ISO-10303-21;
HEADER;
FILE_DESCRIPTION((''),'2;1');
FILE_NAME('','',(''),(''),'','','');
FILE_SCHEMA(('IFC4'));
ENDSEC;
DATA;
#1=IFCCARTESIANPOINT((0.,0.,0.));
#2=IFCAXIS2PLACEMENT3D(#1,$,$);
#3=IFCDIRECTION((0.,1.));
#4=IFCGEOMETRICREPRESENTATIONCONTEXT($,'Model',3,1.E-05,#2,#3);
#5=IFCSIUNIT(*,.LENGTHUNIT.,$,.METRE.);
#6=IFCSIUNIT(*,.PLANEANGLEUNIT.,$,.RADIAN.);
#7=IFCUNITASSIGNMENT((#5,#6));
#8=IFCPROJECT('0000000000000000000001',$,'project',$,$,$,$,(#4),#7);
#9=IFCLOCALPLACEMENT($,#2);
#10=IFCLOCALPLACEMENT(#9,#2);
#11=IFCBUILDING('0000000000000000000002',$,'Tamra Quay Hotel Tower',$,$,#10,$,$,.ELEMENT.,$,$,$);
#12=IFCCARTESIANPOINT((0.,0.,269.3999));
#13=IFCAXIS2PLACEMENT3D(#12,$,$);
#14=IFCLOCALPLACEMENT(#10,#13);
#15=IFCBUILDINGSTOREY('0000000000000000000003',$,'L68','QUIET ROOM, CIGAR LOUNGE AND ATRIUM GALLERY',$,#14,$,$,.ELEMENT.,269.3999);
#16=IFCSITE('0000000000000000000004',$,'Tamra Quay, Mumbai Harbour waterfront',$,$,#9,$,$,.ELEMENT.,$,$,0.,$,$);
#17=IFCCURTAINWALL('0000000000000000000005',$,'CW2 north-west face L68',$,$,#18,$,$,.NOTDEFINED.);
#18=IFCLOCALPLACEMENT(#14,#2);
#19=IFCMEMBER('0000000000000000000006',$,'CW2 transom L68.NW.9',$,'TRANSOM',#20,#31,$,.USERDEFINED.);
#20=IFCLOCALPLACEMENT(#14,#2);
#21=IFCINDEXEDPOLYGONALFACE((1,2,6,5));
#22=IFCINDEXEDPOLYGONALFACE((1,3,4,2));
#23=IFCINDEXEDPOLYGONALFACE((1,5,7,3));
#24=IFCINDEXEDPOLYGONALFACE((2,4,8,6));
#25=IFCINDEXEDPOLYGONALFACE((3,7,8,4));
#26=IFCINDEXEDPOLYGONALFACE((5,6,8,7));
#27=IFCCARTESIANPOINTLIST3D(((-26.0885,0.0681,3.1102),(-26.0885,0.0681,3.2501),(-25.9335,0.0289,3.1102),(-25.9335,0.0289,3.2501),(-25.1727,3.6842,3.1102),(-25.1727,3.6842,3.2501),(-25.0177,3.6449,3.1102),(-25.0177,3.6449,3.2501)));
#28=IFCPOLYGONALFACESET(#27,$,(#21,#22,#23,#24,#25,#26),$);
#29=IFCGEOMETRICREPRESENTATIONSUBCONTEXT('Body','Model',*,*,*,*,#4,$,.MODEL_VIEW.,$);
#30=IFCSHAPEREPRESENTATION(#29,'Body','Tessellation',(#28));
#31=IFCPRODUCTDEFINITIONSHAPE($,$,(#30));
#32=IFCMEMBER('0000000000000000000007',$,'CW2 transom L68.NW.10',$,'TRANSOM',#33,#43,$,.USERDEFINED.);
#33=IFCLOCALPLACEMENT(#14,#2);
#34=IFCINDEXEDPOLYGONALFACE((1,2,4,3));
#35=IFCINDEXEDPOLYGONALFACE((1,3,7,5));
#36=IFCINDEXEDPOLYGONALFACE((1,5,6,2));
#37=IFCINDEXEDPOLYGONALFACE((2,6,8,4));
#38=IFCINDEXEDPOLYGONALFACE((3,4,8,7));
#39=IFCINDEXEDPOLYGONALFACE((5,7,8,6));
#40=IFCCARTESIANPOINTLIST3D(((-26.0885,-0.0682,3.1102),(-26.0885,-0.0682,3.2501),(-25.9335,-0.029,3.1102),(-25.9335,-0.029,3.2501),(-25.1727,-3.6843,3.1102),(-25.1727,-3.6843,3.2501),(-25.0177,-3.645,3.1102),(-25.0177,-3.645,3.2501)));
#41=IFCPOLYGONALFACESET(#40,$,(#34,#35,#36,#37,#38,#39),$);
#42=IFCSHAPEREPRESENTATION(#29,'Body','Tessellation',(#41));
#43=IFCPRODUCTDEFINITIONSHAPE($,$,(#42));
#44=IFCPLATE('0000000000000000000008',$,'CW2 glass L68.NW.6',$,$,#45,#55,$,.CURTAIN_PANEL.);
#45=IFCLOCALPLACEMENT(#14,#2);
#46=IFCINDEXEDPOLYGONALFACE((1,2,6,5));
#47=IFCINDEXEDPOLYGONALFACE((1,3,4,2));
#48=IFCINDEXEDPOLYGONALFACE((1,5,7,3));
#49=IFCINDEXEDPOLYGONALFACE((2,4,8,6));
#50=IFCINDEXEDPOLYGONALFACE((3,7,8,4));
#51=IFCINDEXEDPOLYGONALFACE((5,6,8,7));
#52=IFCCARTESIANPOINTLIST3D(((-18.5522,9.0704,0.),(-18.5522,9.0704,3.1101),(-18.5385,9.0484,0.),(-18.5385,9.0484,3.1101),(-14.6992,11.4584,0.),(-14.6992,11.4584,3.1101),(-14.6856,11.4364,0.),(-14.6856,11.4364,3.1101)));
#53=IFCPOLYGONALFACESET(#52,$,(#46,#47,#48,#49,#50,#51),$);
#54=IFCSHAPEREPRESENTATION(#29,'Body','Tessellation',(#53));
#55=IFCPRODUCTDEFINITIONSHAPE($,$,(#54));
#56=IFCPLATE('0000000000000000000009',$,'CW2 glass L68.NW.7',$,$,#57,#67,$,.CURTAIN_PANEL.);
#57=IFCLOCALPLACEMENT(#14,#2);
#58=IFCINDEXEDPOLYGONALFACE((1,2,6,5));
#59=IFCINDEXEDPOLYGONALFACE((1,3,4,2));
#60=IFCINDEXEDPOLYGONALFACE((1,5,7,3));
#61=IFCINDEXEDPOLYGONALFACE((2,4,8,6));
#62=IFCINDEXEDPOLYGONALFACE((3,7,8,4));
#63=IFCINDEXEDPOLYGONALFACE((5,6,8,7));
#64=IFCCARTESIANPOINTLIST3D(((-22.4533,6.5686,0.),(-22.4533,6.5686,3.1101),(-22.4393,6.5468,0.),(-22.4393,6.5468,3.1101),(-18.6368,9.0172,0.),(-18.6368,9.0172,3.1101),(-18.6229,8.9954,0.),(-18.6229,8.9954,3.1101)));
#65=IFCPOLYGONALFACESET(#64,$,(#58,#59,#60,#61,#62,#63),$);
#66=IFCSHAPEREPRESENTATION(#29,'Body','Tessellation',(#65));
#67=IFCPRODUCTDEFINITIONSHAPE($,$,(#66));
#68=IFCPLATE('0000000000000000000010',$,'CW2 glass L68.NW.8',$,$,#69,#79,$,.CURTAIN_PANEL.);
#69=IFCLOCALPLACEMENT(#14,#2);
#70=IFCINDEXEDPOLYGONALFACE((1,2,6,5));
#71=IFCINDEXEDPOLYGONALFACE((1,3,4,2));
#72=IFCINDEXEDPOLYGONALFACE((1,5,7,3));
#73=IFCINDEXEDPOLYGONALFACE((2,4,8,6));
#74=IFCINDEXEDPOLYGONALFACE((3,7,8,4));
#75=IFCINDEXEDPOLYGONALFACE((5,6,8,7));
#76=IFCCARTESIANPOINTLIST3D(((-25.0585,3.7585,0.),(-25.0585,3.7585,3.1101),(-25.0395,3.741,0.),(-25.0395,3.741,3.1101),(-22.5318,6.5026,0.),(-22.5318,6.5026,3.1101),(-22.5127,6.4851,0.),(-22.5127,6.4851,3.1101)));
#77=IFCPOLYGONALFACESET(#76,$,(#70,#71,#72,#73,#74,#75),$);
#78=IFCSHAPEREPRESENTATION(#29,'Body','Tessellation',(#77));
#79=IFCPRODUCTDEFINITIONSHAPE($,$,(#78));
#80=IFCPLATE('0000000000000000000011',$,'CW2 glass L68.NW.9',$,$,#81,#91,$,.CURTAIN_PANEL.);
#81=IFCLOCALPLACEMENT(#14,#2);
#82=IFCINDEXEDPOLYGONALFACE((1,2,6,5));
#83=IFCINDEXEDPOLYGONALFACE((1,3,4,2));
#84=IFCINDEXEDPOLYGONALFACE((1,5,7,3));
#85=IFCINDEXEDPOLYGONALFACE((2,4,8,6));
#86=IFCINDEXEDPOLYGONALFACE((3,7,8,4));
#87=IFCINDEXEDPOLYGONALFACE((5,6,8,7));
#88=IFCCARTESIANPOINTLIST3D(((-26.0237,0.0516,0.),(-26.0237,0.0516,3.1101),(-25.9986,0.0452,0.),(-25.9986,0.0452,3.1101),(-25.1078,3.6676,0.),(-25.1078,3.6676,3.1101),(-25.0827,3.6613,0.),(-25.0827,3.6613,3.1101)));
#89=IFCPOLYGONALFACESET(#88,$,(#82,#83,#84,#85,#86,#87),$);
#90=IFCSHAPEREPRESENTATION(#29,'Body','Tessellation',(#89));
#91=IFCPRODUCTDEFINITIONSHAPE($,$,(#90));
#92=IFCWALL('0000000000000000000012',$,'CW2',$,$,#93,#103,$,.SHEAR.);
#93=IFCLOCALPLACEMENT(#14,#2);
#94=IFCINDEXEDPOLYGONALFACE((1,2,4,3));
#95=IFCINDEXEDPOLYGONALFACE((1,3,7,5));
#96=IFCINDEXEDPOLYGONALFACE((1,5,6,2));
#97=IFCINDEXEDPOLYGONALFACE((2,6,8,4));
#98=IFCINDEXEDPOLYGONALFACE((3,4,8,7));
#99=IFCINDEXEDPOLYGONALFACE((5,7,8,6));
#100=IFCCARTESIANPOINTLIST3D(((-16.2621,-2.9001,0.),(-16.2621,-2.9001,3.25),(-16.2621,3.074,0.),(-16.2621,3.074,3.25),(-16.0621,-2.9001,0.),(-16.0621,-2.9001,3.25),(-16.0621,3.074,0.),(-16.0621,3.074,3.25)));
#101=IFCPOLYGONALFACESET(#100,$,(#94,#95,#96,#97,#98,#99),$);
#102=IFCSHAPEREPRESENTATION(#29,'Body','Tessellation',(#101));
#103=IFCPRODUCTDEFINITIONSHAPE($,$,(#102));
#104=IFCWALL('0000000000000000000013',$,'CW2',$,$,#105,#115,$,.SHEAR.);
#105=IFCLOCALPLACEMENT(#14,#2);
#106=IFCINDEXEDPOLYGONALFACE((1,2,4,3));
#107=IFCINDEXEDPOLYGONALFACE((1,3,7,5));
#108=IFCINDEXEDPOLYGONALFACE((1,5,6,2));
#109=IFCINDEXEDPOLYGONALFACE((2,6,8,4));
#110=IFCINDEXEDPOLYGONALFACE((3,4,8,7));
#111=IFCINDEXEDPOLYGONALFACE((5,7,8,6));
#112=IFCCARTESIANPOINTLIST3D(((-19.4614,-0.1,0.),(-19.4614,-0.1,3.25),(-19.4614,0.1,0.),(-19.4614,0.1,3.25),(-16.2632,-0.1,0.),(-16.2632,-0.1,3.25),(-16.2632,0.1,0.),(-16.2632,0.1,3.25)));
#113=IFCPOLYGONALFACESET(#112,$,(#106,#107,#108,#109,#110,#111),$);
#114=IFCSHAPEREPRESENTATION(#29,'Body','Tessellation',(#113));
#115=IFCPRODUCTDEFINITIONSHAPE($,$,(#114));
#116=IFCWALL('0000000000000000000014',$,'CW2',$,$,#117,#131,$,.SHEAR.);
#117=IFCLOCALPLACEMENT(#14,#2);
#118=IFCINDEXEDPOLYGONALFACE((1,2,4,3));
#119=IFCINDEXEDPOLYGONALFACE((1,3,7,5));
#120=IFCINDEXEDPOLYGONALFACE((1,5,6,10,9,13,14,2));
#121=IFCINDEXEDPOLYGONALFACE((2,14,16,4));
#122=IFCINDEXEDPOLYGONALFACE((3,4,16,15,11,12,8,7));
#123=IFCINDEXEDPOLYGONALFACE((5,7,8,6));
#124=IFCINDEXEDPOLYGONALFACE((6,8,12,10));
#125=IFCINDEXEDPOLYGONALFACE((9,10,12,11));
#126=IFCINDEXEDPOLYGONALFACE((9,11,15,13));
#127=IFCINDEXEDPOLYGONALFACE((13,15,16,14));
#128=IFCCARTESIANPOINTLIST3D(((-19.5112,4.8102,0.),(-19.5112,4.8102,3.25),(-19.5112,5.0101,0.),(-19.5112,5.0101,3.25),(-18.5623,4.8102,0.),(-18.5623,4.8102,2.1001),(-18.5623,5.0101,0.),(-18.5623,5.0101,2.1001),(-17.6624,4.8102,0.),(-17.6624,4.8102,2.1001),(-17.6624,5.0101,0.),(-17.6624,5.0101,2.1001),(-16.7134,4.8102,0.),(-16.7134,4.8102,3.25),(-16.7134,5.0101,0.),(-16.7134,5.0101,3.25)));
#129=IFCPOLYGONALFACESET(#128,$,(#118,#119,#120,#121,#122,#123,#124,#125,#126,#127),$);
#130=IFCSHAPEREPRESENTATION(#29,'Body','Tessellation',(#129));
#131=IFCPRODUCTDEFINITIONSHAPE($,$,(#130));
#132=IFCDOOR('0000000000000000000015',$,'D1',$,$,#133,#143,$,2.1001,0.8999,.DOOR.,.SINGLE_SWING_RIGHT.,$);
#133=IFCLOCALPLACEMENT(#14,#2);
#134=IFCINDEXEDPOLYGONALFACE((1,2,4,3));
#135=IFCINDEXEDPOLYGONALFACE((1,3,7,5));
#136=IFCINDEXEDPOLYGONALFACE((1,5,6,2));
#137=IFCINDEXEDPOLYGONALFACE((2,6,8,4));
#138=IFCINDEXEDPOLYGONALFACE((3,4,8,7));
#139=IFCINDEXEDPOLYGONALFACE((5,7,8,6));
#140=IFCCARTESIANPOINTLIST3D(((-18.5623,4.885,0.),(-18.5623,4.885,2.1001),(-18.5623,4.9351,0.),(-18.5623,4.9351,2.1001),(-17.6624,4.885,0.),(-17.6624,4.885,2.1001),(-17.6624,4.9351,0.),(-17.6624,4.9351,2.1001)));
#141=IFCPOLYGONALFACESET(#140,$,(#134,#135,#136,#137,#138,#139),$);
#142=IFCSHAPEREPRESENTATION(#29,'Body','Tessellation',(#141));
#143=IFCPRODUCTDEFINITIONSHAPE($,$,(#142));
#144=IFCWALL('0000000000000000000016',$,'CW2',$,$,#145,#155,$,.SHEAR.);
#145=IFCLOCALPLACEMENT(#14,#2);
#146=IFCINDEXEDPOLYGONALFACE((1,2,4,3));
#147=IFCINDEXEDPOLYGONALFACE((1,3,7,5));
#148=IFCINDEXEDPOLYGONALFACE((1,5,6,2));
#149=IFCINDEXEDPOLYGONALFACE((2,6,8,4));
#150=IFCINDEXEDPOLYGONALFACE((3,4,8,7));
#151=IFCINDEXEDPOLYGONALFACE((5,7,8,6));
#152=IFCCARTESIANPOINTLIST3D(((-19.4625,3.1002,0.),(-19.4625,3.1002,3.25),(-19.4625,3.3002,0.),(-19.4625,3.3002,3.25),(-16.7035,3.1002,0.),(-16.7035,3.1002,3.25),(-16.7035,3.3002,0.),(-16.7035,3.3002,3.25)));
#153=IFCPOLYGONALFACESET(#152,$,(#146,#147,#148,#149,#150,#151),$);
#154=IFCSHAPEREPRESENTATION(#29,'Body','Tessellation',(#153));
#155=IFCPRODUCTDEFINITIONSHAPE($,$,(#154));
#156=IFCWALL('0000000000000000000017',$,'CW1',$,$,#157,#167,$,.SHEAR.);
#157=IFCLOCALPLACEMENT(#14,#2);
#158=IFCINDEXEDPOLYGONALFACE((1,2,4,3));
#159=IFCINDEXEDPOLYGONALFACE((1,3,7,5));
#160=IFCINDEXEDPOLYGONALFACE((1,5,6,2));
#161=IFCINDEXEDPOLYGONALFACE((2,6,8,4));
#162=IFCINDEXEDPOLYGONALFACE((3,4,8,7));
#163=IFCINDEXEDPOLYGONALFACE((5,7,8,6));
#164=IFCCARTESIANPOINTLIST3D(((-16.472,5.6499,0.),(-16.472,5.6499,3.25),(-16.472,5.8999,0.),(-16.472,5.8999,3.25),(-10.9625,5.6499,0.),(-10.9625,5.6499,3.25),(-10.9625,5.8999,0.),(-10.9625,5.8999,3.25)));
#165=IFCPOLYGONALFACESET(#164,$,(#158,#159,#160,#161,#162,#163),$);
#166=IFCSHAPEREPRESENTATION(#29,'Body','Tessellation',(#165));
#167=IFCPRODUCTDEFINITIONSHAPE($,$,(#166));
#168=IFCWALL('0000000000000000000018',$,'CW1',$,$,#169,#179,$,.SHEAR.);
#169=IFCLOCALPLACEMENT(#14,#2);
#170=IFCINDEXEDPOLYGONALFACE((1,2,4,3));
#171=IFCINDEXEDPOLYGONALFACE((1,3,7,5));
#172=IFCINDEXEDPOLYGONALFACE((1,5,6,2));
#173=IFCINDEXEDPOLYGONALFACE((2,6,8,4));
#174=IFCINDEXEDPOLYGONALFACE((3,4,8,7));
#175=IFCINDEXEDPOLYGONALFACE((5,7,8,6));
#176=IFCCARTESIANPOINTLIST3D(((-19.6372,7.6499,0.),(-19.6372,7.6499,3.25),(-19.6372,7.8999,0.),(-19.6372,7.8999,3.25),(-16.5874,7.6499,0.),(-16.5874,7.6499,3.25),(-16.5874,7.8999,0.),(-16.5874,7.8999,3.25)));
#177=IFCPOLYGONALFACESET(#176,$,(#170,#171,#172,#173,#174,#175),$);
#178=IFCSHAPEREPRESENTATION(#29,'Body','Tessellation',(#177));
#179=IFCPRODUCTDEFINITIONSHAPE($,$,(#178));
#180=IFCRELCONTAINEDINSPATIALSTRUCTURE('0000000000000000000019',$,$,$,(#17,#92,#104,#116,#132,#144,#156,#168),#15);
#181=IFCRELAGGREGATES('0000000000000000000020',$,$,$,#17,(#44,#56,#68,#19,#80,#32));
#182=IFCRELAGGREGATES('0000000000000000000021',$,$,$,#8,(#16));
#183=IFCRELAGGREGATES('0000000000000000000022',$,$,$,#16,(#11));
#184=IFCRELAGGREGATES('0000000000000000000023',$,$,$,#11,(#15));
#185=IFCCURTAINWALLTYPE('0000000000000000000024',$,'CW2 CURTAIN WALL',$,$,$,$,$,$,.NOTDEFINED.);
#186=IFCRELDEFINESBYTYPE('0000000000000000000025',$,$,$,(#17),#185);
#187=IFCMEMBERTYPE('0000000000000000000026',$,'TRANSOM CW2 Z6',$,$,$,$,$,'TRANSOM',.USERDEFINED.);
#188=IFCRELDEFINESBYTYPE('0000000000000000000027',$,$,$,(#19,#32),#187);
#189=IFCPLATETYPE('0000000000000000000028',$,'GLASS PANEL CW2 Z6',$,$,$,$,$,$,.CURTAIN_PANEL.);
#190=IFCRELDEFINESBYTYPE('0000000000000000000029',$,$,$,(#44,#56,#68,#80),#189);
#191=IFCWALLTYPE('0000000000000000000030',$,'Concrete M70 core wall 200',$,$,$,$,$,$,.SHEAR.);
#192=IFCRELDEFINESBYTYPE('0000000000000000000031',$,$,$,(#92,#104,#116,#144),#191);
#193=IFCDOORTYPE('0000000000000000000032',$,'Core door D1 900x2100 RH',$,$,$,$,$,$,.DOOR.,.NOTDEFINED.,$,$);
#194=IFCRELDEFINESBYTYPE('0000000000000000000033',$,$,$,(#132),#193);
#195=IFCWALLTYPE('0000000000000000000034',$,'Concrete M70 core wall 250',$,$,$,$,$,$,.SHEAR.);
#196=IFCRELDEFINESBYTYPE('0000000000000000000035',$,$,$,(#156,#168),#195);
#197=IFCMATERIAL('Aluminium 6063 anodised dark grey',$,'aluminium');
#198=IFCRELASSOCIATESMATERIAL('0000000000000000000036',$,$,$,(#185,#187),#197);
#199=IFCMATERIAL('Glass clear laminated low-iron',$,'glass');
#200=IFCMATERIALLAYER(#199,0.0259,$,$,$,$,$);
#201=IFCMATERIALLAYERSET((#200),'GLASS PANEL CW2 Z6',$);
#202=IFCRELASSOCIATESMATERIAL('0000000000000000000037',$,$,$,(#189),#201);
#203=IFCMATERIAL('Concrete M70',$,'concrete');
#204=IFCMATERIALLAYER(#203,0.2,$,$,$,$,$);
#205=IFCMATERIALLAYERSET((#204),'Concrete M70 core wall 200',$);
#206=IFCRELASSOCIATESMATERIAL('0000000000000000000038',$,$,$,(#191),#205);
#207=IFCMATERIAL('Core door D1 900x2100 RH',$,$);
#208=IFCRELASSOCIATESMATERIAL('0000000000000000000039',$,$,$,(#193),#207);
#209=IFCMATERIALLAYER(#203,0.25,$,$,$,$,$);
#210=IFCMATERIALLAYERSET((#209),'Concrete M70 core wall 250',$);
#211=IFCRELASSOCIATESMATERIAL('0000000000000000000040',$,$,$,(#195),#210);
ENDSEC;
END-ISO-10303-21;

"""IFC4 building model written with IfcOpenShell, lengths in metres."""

from ifc_helpers import new_model, si_unit, direction, frame, frame_2d, origin, origin_2d, place, context, subcontext, project, spatial, rectangle, extrude, material, layer, layer_set, material_profile, profile_set, type_object, element, fill, aggregate, save


model = new_model("IFC4")

# Units and contexts
model_context = context("Model", 3, precision=1e-05, world=origin(), true_north=direction((0.0, 1.0)))
body_context = subcontext(model_context, "Body", "Model", "MODEL_VIEW")
ifc_project = project(units=[si_unit("LENGTHUNIT", "METRE"), si_unit("PLANEANGLEUNIT", "RADIAN")], contexts=[model_context])

# Site, building, storey
site_placement = place(None, origin())
site = spatial("IfcSite", under=ifc_project, at=site_placement, Name="Tamra Quay, Mumbai Harbour waterfront", CompositionType="ELEMENT", RefElevation=0.0)
building_placement = place(site_placement, origin())
building = spatial("IfcBuilding", under=site, at=building_placement, Name="Tamra Quay Hotel Tower", CompositionType="ELEMENT")
storey_placement = place(building_placement, frame((0.0, 0.0, 269.3999)))
storey = spatial("IfcBuildingStorey", under=building, at=storey_placement, Name="L68", Description="QUIET ROOM, CIGAR LOUNGE AND ATRIUM GALLERY", CompositionType="ELEMENT", Elevation=269.3999)

# Shared definitions
ifc_material_1 = material(Name="Concrete M70", Category="concrete")

# Curtain wall
ifc_material_2 = material(Name="Aluminium 6063 anodised dark grey", Category="aluminium")
curtain_wall_type = type_object("IfcCurtainWallType", Name="CW2 CURTAIN WALL", PredefinedType="NOTDEFINED", material=ifc_material_2)
curtain_wall_placement = place(storey_placement, origin())
curtain_wall = element("IfcCurtainWall", 1, at=curtain_wall_placement, inside=storey, type_object=curtain_wall_type, Name="CW2 north-west face L68", PredefinedType="NOTDEFINED")

# Members
ifc_material_profile_1 = material_profile(ifc_material_2, rectangle(XDim=0.1599, YDim=0.1399, at=origin_2d()), Name="TRANSOM 160X140")
ifc_profile_set_1 = profile_set([ifc_material_profile_1], Name="Aluminium 6063 anodised dark grey")
member_type_1 = type_object("IfcMemberType", Name="TRANSOM CW2 Z6", ElementType="TRANSOM", PredefinedType="USERDEFINED", material=ifc_profile_set_1)
member_1_placement = place(storey_placement, frame((-25.0952, 3.6646, 3.1802), z_axis=(-0.245507, -0.969395, 0.0), x_axis=(0.969395, -0.245507, 0.0)))
member_1 = element("IfcMember", 2, at=member_1_placement, type_object=member_type_1, Name="CW2 transom L68.NW.9", ObjectType="TRANSOM", PredefinedType="USERDEFINED", context=body_context, shape_type="SweptSolid", body=[
    extrude(rectangle(XDim=0.1599, YDim=0.1399, at=origin_2d()), origin(), (0.0, 0.0, 1.0), 3.7302),
])
member_2_placement = place(storey_placement, frame((-26.011, -0.0486, 3.1802), z_axis=(0.245507, -0.969395, 0.0), x_axis=(0.969395, 0.245507, 0.0)))
member_2 = element("IfcMember", 3, at=member_2_placement, type_object=member_type_1, Name="CW2 transom L68.NW.10", ObjectType="TRANSOM", PredefinedType="USERDEFINED", context=body_context, shape_type="SweptSolid", body=[
    extrude(rectangle(XDim=0.1599, YDim=0.1399, at=origin_2d()), origin(), (0.0, 0.0, 1.0), 3.7302),
])

# Plates
ifc_material_3 = material(Name="Glass clear laminated low-iron", Category="glass")
ifc_layer_1 = layer(ifc_material_3, 0.0259)
ifc_layer_set_1 = layer_set([ifc_layer_1], Name="GLASS PANEL CW2 Z6")
plate_type = type_object("IfcPlateType", Name="GLASS PANEL CW2 Z6", PredefinedType="CURTAIN_PANEL", material=ifc_layer_set_1)
plate_1_placement = place(storey_placement, frame((-16.6189, 10.2534, 0.0), z_axis=(0.0, 0.0, 1.0), x_axis=(-0.849982, -0.526812, 0.0)))
plate_1 = element("IfcPlate", 4, at=plate_1_placement, type_object=plate_type, Name="CW2 glass L68.NW.6", PredefinedType="CURTAIN_PANEL", context=body_context, shape_type="SweptSolid", body=[
    extrude(rectangle(XDim=4.533, YDim=0.0259, at=origin_2d()), origin(), (0.0, 0.0, 1.0), 3.1101),
])
plate_2_placement = place(storey_placement, frame((-20.5381, 7.782, 0.0), z_axis=(0.0, 0.0, 1.0), x_axis=(-0.841665, -0.54, 0.0)))
plate_2 = element("IfcPlate", 5, at=plate_2_placement, type_object=plate_type, Name="CW2 glass L68.NW.7", PredefinedType="CURTAIN_PANEL", context=body_context, shape_type="SweptSolid", body=[
    extrude(rectangle(XDim=4.5344, YDim=0.0259, at=origin_2d()), origin(), (0.0, 0.0, 1.0), 3.1101),
])
plate_3_placement = place(storey_placement, frame((-23.7856, 5.1218, 0.0), z_axis=(0.0, 0.0, 1.0), x_axis=(-0.677376, -0.735637, 0.0)))
plate_3 = element("IfcPlate", 6, at=plate_3_placement, type_object=plate_type, Name="CW2 glass L68.NW.8", PredefinedType="CURTAIN_PANEL", context=body_context, shape_type="SweptSolid", body=[
    extrude(rectangle(XDim=3.7302, YDim=0.0259, at=origin_2d()), origin(), (0.0, 0.0, 1.0), 3.1101),
])
plate_4_placement = place(storey_placement, frame((-25.5532, 1.8564, 0.0), z_axis=(0.0, 0.0, 1.0), x_axis=(-0.245527, -0.96939, 0.0)))
plate_4 = element("IfcPlate", 7, at=plate_4_placement, type_object=plate_type, Name="CW2 glass L68.NW.9", PredefinedType="CURTAIN_PANEL", context=body_context, shape_type="SweptSolid", body=[
    extrude(rectangle(XDim=3.7302, YDim=0.0259, at=origin_2d()), origin(), (0.0, 0.0, 1.0), 3.1101),
])
aggregate(curtain_wall, [plate_1, plate_2, plate_3, member_1, plate_4, member_2])

# Walls
ifc_layer_2 = layer(ifc_material_1, 0.2)
ifc_layer_set_2 = layer_set([ifc_layer_2], Name="Concrete M70 core wall 200")
wall_type_1 = type_object("IfcWallType", Name="Concrete M70 core wall 200", PredefinedType="SHEAR", material=ifc_layer_set_2)
wall_1_placement = place(storey_placement, frame((-16.1621, 3.074, 0.0), z_axis=(0.0, 0.0, 1.0), x_axis=(0.0, -1.0, 0.0)))
element("IfcWall", 8, at=wall_1_placement, inside=storey, type_object=wall_type_1, Name="CW2", PredefinedType="SHEAR", context=body_context, shape_type="SweptSolid", body=[
    extrude(rectangle(XDim=5.9741, YDim=0.2, at=frame_2d((2.9871, 0.0))), origin(), (0.0, 0.0, 1.0), 3.25),
])
wall_2_placement = place(storey_placement, frame((-16.2632, 0.0, 0.0), z_axis=(0.0, 0.0, 1.0), x_axis=(-1.0, 0.0, 0.0)))
element("IfcWall", 9, at=wall_2_placement, inside=storey, type_object=wall_type_1, Name="CW2", PredefinedType="SHEAR", context=body_context, shape_type="SweptSolid", body=[
    extrude(rectangle(XDim=3.1982, YDim=0.2, at=frame_2d((1.5991, 0.0))), origin(), (0.0, 0.0, 1.0), 3.25),
])

# Wall, opening, door
wall_3_placement = place(storey_placement, frame((-19.5112, 4.9102, 0.0), z_axis=(0.0, 0.0, 1.0), x_axis=(1.0, 0.0, 0.0)))
wall_3 = element("IfcWall", 10, at=wall_3_placement, inside=storey, type_object=wall_type_1, Name="CW2", PredefinedType="SHEAR", context=body_context, shape_type="SweptSolid", body=[
    extrude(rectangle(XDim=2.7979, YDim=0.2, at=frame_2d((1.3989, 0.0))), origin(), (0.0, 0.0, 1.0), 3.25),
])
opening_placement = place(wall_3_placement, frame((0.949, 0.0, 0.0)))
opening = element("IfcOpeningElement", 11, at=opening_placement, cuts=wall_3, PredefinedType="OPENING", context=body_context, shape_type="SweptSolid", body=[
    extrude(rectangle(XDim=0.8999, YDim=2.1001, at=frame_2d((0.45, 1.05))), frame((0.0, 0.1099, 0.0), z_axis=(0.0, -1.0, 0.0), x_axis=(1.0, 0.0, 0.0)), (0.0, 0.0, 1.0), 0.22),
])
ifc_material_4 = material(Name="Core door D1 900x2100 RH")
door_type = type_object("IfcDoorType", Name="Core door D1 900x2100 RH", OperationType="NOTDEFINED", PredefinedType="DOOR", material=ifc_material_4)
door_placement = place(opening_placement, origin())
door = element("IfcDoor", 12, at=door_placement, inside=storey, type_object=door_type, Name="D1", OperationType="SINGLE_SWING_RIGHT", OverallHeight=2.1001, OverallWidth=0.8999, PredefinedType="DOOR", context=body_context, shape_type="SweptSolid", body=[
    extrude(rectangle(XDim=0.8999, YDim=2.1001, at=frame_2d((0.45, 1.05))), frame((0.0, 0.0249, 0.0), z_axis=(0.0, -1.0, 0.0), x_axis=(1.0, 0.0, 0.0)), (0.0, 0.0, 1.0), 0.05),
])
fill(opening, door)

# Walls
wall_4_placement = place(storey_placement, frame((-19.4624, 3.2002, 0.0), z_axis=(0.0, 0.0, 1.0), x_axis=(1.0, 0.0, 0.0)))
element("IfcWall", 13, at=wall_4_placement, inside=storey, type_object=wall_type_1, Name="CW2", PredefinedType="SHEAR", context=body_context, shape_type="SweptSolid", body=[
    extrude(rectangle(XDim=2.759, YDim=0.2, at=frame_2d((1.3794, 0.0))), origin(), (0.0, 0.0, 1.0), 3.25),
])
ifc_layer_3 = layer(ifc_material_1, 0.25)
ifc_layer_set_3 = layer_set([ifc_layer_3], Name="Concrete M70 core wall 250")
wall_type_2 = type_object("IfcWallType", Name="Concrete M70 core wall 250", PredefinedType="SHEAR", material=ifc_layer_set_3)
wall_5_placement = place(storey_placement, frame((-16.4722, 5.7749, 0.0), z_axis=(0.0, 0.0, 1.0), x_axis=(1.0, 0.0, 0.0)))
element("IfcWall", 14, at=wall_5_placement, inside=storey, type_object=wall_type_2, Name="CW1", PredefinedType="SHEAR", context=body_context, shape_type="SweptSolid", body=[
    extrude(rectangle(XDim=5.5095, YDim=0.25, at=frame_2d((2.7549, 0.0))), origin(), (0.0, 0.0, 1.0), 3.25),
])
wall_6_placement = place(storey_placement, frame((-19.6372, 7.7749, 0.0), z_axis=(0.0, 0.0, 1.0), x_axis=(1.0, 0.0, 0.0)))
element("IfcWall", 15, at=wall_6_placement, inside=storey, type_object=wall_type_2, Name="CW1", PredefinedType="SHEAR", context=body_context, shape_type="SweptSolid", body=[
    extrude(rectangle(XDim=3.0498, YDim=0.25, at=frame_2d((1.5249, 0.0))), origin(), (0.0, 0.0, 1.0), 3.25),
])

save(model, "model.ifc")
